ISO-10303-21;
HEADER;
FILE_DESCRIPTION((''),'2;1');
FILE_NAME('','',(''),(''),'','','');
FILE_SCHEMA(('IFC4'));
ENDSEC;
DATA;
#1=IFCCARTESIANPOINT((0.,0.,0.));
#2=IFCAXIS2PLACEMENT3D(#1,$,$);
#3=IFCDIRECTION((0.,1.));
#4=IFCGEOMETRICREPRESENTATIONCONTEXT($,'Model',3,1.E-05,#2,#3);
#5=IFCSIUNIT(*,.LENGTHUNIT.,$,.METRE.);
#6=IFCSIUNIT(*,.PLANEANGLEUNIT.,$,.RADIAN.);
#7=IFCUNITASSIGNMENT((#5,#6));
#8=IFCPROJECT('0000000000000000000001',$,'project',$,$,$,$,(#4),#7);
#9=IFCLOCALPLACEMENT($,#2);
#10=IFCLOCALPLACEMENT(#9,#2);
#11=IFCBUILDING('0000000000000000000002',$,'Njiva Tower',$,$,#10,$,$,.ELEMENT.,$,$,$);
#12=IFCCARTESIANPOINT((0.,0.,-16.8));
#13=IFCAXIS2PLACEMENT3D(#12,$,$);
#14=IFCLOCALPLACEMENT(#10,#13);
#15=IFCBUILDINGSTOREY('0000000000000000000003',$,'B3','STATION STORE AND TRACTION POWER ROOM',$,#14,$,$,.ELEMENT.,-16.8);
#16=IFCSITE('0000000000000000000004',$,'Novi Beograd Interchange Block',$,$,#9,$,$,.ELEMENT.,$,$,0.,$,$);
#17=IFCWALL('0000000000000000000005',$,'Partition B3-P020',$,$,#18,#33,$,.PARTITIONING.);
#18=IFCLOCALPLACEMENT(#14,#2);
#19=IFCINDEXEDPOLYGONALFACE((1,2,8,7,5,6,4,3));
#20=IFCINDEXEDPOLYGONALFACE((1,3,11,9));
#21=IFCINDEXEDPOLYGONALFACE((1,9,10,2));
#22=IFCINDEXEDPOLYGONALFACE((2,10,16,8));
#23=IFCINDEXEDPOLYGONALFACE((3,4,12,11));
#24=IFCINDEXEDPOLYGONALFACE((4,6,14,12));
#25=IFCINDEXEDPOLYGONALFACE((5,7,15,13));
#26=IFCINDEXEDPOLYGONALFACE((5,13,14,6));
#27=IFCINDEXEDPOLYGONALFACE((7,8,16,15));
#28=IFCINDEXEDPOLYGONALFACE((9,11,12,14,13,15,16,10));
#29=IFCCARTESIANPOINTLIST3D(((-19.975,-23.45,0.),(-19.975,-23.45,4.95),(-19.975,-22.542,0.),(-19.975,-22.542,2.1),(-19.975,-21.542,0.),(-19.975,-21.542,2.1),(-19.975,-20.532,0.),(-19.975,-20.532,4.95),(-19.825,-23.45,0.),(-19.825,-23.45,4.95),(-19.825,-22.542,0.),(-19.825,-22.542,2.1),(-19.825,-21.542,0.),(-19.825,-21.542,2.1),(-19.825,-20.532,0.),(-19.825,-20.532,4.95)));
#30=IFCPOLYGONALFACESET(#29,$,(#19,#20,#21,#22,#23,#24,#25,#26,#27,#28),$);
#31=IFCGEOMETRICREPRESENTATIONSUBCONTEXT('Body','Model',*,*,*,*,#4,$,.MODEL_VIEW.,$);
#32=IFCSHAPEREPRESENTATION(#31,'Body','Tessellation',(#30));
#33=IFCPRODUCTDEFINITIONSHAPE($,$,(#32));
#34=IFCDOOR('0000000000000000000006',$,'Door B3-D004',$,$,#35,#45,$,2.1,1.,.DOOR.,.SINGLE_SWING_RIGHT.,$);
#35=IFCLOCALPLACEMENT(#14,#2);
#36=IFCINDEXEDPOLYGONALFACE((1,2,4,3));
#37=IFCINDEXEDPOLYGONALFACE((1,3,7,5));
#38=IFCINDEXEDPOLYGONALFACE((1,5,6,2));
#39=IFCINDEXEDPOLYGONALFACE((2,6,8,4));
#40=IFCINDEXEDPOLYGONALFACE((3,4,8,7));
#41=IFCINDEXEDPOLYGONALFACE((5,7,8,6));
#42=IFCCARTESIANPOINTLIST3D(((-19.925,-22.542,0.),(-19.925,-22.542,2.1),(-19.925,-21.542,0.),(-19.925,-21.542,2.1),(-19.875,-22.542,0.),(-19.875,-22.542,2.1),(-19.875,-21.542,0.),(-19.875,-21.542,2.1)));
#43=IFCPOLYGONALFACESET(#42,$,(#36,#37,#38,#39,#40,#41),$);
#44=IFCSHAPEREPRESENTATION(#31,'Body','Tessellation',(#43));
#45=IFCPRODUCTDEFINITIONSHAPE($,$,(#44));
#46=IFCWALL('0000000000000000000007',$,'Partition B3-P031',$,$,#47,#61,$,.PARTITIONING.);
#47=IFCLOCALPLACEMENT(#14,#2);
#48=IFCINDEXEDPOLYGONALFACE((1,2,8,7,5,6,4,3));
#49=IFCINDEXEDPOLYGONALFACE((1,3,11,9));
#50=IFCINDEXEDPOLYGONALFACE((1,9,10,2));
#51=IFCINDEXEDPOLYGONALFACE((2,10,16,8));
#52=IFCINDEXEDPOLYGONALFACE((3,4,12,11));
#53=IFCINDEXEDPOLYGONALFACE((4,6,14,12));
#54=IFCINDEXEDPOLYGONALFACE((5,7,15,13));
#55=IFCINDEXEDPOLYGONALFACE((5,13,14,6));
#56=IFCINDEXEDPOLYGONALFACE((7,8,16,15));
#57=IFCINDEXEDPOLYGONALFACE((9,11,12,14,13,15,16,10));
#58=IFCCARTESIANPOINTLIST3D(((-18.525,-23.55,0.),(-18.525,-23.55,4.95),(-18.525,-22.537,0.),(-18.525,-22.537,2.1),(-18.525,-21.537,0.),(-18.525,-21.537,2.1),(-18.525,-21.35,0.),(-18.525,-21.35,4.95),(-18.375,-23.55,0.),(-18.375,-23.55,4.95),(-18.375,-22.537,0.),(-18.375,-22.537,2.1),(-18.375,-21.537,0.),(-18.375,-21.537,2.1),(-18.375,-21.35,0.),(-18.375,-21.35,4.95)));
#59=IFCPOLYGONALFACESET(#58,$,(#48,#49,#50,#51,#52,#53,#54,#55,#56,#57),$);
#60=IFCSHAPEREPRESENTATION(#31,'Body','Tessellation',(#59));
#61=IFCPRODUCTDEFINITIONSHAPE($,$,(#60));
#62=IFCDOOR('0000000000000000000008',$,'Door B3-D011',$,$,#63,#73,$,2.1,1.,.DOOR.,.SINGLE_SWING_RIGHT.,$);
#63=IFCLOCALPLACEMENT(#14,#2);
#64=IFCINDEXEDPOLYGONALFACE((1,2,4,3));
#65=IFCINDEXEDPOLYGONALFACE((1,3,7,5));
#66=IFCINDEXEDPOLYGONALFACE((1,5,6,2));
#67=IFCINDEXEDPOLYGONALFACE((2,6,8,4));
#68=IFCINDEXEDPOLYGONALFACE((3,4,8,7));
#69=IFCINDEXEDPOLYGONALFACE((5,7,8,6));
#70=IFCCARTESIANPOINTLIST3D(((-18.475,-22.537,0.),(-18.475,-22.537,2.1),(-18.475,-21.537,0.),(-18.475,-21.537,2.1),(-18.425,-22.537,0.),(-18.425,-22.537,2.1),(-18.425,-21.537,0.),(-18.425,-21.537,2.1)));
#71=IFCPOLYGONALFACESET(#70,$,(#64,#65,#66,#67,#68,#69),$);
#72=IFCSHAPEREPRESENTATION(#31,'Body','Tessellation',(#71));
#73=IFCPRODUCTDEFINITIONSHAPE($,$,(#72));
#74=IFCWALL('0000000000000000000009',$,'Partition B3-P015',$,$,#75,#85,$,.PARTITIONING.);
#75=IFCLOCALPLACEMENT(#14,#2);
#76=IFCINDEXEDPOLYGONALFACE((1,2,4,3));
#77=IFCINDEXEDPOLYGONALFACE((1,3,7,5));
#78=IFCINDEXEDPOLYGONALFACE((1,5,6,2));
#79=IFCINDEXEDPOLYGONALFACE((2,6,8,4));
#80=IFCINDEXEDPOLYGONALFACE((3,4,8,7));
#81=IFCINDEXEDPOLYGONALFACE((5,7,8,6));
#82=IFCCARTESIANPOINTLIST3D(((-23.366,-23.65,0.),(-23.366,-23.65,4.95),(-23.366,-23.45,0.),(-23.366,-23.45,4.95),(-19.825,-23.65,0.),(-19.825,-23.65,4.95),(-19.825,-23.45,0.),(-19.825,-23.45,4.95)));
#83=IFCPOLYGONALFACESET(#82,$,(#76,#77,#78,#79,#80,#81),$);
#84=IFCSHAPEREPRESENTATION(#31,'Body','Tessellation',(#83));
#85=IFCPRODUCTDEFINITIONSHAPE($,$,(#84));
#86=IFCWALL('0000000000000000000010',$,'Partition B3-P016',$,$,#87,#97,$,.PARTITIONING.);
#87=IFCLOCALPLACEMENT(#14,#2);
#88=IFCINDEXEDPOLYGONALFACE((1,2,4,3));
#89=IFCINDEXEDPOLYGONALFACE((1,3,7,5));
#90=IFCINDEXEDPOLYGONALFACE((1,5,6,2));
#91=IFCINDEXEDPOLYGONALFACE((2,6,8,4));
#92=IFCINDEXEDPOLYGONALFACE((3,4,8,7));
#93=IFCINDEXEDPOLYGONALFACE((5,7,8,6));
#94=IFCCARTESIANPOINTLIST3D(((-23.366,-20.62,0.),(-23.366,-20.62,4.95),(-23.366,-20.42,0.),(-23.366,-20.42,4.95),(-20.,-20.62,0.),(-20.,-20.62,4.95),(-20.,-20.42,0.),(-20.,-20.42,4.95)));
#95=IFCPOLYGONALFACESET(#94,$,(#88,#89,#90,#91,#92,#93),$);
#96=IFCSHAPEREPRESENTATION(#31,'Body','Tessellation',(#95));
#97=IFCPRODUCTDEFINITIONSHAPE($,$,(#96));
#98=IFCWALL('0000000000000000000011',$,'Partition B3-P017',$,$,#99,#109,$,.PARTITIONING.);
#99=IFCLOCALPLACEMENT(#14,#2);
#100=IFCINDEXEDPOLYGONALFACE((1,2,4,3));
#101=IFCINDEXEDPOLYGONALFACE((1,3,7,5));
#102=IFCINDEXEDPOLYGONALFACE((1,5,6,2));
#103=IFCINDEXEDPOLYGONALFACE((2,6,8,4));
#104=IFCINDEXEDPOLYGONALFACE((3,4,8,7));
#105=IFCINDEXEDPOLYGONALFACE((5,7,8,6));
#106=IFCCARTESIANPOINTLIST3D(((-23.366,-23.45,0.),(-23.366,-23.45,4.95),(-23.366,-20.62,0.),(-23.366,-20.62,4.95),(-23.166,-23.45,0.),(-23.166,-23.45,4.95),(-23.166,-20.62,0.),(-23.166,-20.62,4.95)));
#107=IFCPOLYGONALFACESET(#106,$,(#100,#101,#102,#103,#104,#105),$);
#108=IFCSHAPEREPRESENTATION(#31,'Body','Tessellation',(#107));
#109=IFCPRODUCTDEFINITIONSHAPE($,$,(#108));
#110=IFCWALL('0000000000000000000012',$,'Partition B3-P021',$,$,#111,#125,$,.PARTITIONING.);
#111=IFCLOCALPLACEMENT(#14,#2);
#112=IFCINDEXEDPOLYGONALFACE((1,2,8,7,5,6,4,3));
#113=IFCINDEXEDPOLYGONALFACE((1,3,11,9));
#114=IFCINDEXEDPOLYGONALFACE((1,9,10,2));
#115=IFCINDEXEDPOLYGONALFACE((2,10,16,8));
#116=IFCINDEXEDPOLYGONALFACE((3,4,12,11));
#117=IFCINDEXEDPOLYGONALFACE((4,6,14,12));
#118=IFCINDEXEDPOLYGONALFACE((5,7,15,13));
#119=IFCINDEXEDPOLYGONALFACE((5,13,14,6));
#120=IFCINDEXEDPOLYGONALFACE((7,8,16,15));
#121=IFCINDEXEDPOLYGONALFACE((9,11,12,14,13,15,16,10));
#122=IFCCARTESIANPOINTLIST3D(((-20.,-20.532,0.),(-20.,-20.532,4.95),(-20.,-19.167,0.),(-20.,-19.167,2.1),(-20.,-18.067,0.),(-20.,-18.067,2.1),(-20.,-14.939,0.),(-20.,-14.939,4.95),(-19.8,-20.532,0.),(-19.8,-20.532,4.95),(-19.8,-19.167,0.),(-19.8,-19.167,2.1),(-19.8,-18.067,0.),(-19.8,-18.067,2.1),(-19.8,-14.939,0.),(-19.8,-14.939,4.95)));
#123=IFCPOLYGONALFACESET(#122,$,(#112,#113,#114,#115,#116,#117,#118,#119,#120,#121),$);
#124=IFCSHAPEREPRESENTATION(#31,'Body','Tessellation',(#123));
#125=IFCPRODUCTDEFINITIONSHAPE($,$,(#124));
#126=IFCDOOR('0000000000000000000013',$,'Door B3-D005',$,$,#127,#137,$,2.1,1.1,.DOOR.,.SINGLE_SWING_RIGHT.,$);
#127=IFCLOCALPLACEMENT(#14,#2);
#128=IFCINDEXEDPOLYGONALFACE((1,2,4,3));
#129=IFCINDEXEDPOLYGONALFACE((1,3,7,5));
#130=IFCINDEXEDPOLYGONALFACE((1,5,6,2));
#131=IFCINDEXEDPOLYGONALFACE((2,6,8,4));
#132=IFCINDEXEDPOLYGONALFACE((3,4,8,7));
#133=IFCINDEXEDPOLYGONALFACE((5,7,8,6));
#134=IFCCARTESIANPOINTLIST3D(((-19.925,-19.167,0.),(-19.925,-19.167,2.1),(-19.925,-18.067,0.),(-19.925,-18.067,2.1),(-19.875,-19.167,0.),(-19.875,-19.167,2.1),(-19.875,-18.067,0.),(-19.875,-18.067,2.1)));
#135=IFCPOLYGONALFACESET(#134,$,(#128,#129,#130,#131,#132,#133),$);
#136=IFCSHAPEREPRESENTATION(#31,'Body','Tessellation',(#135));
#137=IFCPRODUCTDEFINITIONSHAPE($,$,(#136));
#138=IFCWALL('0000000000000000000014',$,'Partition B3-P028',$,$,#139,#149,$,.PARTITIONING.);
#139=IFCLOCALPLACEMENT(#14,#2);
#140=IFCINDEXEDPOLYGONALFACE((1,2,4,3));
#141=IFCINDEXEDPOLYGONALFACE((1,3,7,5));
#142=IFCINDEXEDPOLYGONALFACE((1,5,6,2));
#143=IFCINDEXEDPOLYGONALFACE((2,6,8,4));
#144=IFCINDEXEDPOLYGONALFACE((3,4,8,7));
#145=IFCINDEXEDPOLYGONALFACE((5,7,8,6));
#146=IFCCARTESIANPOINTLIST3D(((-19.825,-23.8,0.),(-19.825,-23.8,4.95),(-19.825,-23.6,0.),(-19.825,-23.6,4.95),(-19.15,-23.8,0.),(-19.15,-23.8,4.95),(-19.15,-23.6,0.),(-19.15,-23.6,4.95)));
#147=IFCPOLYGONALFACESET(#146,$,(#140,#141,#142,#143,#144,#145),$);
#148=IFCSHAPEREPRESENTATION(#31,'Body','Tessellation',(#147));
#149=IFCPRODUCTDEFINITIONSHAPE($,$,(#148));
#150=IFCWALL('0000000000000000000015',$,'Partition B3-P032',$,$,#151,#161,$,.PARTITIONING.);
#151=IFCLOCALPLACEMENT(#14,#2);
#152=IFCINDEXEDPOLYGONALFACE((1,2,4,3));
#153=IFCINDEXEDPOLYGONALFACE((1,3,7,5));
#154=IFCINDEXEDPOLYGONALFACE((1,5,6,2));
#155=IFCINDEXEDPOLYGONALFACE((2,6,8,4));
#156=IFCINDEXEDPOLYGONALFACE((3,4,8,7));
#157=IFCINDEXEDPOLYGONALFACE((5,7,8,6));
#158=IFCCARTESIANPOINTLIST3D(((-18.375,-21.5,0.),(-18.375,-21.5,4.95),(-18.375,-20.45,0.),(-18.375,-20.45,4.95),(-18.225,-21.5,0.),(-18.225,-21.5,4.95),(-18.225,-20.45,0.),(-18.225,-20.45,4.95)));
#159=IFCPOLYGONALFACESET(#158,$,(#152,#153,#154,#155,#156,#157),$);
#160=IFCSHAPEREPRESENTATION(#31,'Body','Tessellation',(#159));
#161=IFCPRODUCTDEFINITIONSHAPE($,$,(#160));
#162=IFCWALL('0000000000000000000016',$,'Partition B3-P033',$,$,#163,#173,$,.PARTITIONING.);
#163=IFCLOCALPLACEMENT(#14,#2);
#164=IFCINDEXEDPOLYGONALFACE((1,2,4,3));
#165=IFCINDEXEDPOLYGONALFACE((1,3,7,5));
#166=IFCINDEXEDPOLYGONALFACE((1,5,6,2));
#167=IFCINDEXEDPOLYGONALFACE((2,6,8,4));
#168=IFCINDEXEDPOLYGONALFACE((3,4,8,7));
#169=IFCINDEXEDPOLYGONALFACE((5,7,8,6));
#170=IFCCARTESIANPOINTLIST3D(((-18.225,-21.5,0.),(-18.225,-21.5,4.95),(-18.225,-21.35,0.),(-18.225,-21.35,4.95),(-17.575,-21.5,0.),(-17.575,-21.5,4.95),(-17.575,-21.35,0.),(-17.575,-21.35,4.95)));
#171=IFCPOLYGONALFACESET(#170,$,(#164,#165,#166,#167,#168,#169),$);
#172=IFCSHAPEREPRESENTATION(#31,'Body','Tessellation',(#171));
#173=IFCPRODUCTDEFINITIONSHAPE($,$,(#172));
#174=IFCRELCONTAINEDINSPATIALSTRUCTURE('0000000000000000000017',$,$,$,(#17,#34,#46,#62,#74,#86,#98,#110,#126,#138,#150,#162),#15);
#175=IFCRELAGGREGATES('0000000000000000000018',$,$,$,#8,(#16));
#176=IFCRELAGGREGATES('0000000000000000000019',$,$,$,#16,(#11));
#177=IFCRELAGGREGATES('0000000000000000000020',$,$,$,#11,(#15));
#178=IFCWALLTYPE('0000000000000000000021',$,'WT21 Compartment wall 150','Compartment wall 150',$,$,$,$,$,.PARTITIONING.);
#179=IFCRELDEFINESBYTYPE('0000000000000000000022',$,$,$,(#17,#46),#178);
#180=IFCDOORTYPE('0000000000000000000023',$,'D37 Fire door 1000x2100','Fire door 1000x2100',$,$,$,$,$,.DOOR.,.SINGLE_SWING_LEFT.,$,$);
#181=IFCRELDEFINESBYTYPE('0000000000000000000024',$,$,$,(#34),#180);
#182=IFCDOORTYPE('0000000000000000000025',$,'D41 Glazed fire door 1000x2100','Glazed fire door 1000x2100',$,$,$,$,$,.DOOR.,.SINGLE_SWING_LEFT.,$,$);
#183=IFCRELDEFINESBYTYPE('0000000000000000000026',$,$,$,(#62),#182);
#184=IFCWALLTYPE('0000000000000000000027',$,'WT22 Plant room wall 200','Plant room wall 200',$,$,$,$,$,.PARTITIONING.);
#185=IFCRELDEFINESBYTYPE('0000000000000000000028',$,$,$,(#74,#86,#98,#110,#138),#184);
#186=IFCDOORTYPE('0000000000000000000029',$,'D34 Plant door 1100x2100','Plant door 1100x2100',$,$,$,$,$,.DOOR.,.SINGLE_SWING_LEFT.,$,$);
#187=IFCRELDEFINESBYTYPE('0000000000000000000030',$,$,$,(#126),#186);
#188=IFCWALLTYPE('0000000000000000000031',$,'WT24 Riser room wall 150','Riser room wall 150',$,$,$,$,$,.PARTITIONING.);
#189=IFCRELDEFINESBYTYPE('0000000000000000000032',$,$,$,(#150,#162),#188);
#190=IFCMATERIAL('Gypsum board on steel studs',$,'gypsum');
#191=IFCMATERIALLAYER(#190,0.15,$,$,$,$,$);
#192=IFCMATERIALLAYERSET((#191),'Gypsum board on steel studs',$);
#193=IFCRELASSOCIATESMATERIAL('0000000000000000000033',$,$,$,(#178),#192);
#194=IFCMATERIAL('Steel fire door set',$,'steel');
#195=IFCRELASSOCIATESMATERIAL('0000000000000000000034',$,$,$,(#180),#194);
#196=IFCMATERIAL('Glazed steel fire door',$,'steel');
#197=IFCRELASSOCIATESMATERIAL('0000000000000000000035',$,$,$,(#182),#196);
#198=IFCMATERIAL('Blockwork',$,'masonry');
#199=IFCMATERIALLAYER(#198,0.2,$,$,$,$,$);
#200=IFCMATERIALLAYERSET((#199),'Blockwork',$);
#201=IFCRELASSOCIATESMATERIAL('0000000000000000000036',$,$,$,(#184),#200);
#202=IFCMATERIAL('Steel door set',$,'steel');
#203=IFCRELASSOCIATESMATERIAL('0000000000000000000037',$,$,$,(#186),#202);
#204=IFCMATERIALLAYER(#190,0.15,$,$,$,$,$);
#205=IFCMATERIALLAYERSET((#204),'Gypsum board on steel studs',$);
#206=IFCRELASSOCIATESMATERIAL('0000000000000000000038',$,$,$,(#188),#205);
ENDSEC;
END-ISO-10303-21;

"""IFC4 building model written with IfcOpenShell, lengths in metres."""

from ifc_helpers import new_model, si_unit, direction, frame, frame_2d, origin, place, context, subcontext, project, spatial, rectangle, extrude, material, layer, layer_set, type_object, element, fill, save


model = new_model("IFC4")

# Units and contexts
model_context = context("Model", 3, precision=1e-05, world=origin(), true_north=direction((0.0, 1.0)))
body_context = subcontext(model_context, "Body", "Model", "MODEL_VIEW")
ifc_project = project(units=[si_unit("LENGTHUNIT", "METRE"), si_unit("PLANEANGLEUNIT", "RADIAN")], contexts=[model_context])

# Site, building, storey
site_placement = place(None, origin())
site = spatial("IfcSite", under=ifc_project, at=site_placement, Name="Novi Beograd Interchange Block", CompositionType="ELEMENT", RefElevation=0.0)
building_placement = place(site_placement, origin())
building = spatial("IfcBuilding", under=site, at=building_placement, Name="Njiva Tower", CompositionType="ELEMENT")
storey_placement = place(building_placement, frame((0.0, 0.0, -16.8)))
storey = spatial("IfcBuildingStorey", under=building, at=storey_placement, Name="B3", Description="STATION STORE AND TRACTION POWER ROOM", CompositionType="ELEMENT", Elevation=-16.8)

# Walls, openings, doors
ifc_material_1 = material(Name="Gypsum board on steel studs", Category="gypsum")
ifc_layer_1 = layer(ifc_material_1, 0.15)
ifc_layer_set_1 = layer_set([ifc_layer_1], Name="Gypsum board on steel studs")
wall_type_1 = type_object("IfcWallType", Name="WT21 Compartment wall 150", Description="Compartment wall 150", PredefinedType="PARTITIONING", material=ifc_layer_set_1)
wall_1_placement = place(storey_placement, frame((-19.9, -23.45, 0.0), z_axis=(0.0, 0.0, 1.0), x_axis=(0.0, 1.0, 0.0)))
wall_1 = element("IfcWall", 1, at=wall_1_placement, inside=storey, type_object=wall_type_1, Name="Partition B3-P020", PredefinedType="PARTITIONING", context=body_context, shape_type="SweptSolid", body=[
    extrude(rectangle(XDim=2.918, YDim=0.15, at=frame_2d((1.459, 0.0))), origin(), (0.0, 0.0, 1.0), 4.95),
])
opening_1_placement = place(wall_1_placement, frame((0.908, 0.0, 0.0)))
opening_1 = element("IfcOpeningElement", 2, at=opening_1_placement, cuts=wall_1, PredefinedType="OPENING", context=body_context, shape_type="SweptSolid", body=[
    extrude(rectangle(XDim=1.0, YDim=2.1, at=frame_2d((0.5, 1.05))), frame((0.0, 0.085, 0.0), z_axis=(0.0, -1.0, 0.0), x_axis=(1.0, 0.0, 0.0)), (0.0, 0.0, 1.0), 0.17),
])
ifc_material_2 = material(Name="Steel fire door set", Category="steel")
door_type_1 = type_object("IfcDoorType", Name="D37 Fire door 1000x2100", Description="Fire door 1000x2100", OperationType="SINGLE_SWING_LEFT", PredefinedType="DOOR", material=ifc_material_2)
door_1_placement = place(opening_1_placement, origin())
door_1 = element("IfcDoor", 3, at=door_1_placement, inside=storey, type_object=door_type_1, Name="Door B3-D004", OperationType="SINGLE_SWING_RIGHT", OverallHeight=2.1, OverallWidth=1.0, PredefinedType="DOOR", context=body_context, shape_type="SweptSolid", body=[
    extrude(rectangle(XDim=1.0, YDim=2.1, at=frame_2d((0.5, 1.05))), frame((0.0, 0.025, 0.0), z_axis=(0.0, -1.0, 0.0), x_axis=(1.0, 0.0, 0.0)), (0.0, 0.0, 1.0), 0.05),
])
fill(opening_1, door_1)
wall_2_placement = place(storey_placement, frame((-18.45, -23.55, 0.0), z_axis=(0.0, 0.0, 1.0), x_axis=(0.0, 1.0, 0.0)))
wall_2 = element("IfcWall", 4, at=wall_2_placement, inside=storey, type_object=wall_type_1, Name="Partition B3-P031", PredefinedType="PARTITIONING", context=body_context, shape_type="SweptSolid", body=[
    extrude(rectangle(XDim=2.2, YDim=0.15, at=frame_2d((1.1, 0.0))), origin(), (0.0, 0.0, 1.0), 4.95),
])
opening_2_placement = place(wall_2_placement, frame((1.013, 0.0, 0.0)))
opening_2 = element("IfcOpeningElement", 5, at=opening_2_placement, cuts=wall_2, PredefinedType="OPENING", context=body_context, shape_type="SweptSolid", body=[
    extrude(rectangle(XDim=1.0, YDim=2.1, at=frame_2d((0.5, 1.05))), frame((0.0, 0.085, 0.0), z_axis=(0.0, -1.0, 0.0), x_axis=(1.0, 0.0, 0.0)), (0.0, 0.0, 1.0), 0.17),
])
ifc_material_3 = material(Name="Glazed steel fire door", Category="steel")
door_type_2 = type_object("IfcDoorType", Name="D41 Glazed fire door 1000x2100", Description="Glazed fire door 1000x2100", OperationType="SINGLE_SWING_LEFT", PredefinedType="DOOR", material=ifc_material_3)
door_2_placement = place(opening_2_placement, origin())
door_2 = element("IfcDoor", 6, at=door_2_placement, inside=storey, type_object=door_type_2, Name="Door B3-D011", OperationType="SINGLE_SWING_RIGHT", OverallHeight=2.1, OverallWidth=1.0, PredefinedType="DOOR", context=body_context, shape_type="SweptSolid", body=[
    extrude(rectangle(XDim=1.0, YDim=2.1, at=frame_2d((0.5, 1.05))), frame((0.0, 0.025, 0.0), z_axis=(0.0, -1.0, 0.0), x_axis=(1.0, 0.0, 0.0)), (0.0, 0.0, 1.0), 0.05),
])
fill(opening_2, door_2)

# Walls
ifc_material_4 = material(Name="Blockwork", Category="masonry")
ifc_layer_2 = layer(ifc_material_4, 0.2)
ifc_layer_set_2 = layer_set([ifc_layer_2], Name="Blockwork")
wall_type_2 = type_object("IfcWallType", Name="WT22 Plant room wall 200", Description="Plant room wall 200", PredefinedType="PARTITIONING", material=ifc_layer_set_2)
wall_3_placement = place(storey_placement, frame((-23.366, -23.55, 0.0), z_axis=(0.0, 0.0, 1.0), x_axis=(1.0, 0.0, 0.0)))
element("IfcWall", 7, at=wall_3_placement, inside=storey, type_object=wall_type_2, Name="Partition B3-P015", PredefinedType="PARTITIONING", context=body_context, shape_type="SweptSolid", body=[
    extrude(rectangle(XDim=3.541, YDim=0.2, at=frame_2d((1.7705, 0.0))), origin(), (0.0, 0.0, 1.0), 4.95),
])
wall_4_placement = place(storey_placement, frame((-23.366, -20.52, 0.0), z_axis=(0.0, 0.0, 1.0), x_axis=(1.0, 0.0, 0.0)))
element("IfcWall", 8, at=wall_4_placement, inside=storey, type_object=wall_type_2, Name="Partition B3-P016", PredefinedType="PARTITIONING", context=body_context, shape_type="SweptSolid", body=[
    extrude(rectangle(XDim=3.366, YDim=0.2, at=frame_2d((1.683, 0.0))), origin(), (0.0, 0.0, 1.0), 4.95),
])
wall_5_placement = place(storey_placement, frame((-23.266, -23.45, 0.0), z_axis=(0.0, 0.0, 1.0), x_axis=(0.0, 1.0, 0.0)))
element("IfcWall", 9, at=wall_5_placement, inside=storey, type_object=wall_type_2, Name="Partition B3-P017", PredefinedType="PARTITIONING", context=body_context, shape_type="SweptSolid", body=[
    extrude(rectangle(XDim=2.83, YDim=0.2, at=frame_2d((1.415, 0.0))), origin(), (0.0, 0.0, 1.0), 4.95),
])

# Wall, opening, door
wall_6_placement = place(storey_placement, frame((-19.9, -20.532, 0.0), z_axis=(0.0, 0.0, 1.0), x_axis=(0.0, 1.0, 0.0)))
wall_6 = element("IfcWall", 10, at=wall_6_placement, inside=storey, type_object=wall_type_2, Name="Partition B3-P021", PredefinedType="PARTITIONING", context=body_context, shape_type="SweptSolid", body=[
    extrude(rectangle(XDim=5.593, YDim=0.2, at=frame_2d((2.7965, 0.0))), origin(), (0.0, 0.0, 1.0), 4.95),
])
opening_3_placement = place(wall_6_placement, frame((1.365, 0.0, 0.0)))
opening_3 = element("IfcOpeningElement", 11, at=opening_3_placement, cuts=wall_6, PredefinedType="OPENING", context=body_context, shape_type="SweptSolid", body=[
    extrude(rectangle(XDim=1.1, YDim=2.1, at=frame_2d((0.55, 1.05))), frame((0.0, 0.11, 0.0), z_axis=(0.0, -1.0, 0.0), x_axis=(1.0, 0.0, 0.0)), (0.0, 0.0, 1.0), 0.22),
])
ifc_material_5 = material(Name="Steel door set", Category="steel")
door_type_3 = type_object("IfcDoorType", Name="D34 Plant door 1100x2100", Description="Plant door 1100x2100", OperationType="SINGLE_SWING_LEFT", PredefinedType="DOOR", material=ifc_material_5)
door_3_placement = place(opening_3_placement, origin())
door_3 = element("IfcDoor", 12, at=door_3_placement, inside=storey, type_object=door_type_3, Name="Door B3-D005", OperationType="SINGLE_SWING_RIGHT", OverallHeight=2.1, OverallWidth=1.1, PredefinedType="DOOR", context=body_context, shape_type="SweptSolid", body=[
    extrude(rectangle(XDim=1.1, YDim=2.1, at=frame_2d((0.55, 1.05))), frame((0.0, 0.025, 0.0), z_axis=(0.0, -1.0, 0.0), x_axis=(1.0, 0.0, 0.0)), (0.0, 0.0, 1.0), 0.05),
])
fill(opening_3, door_3)

# Walls
wall_7_placement = place(storey_placement, frame((-19.825, -23.7, 0.0), z_axis=(0.0, 0.0, 1.0), x_axis=(1.0, 0.0, 0.0)))
element("IfcWall", 13, at=wall_7_placement, inside=storey, type_object=wall_type_2, Name="Partition B3-P028", PredefinedType="PARTITIONING", context=body_context, shape_type="SweptSolid", body=[
    extrude(rectangle(XDim=0.675, YDim=0.2, at=frame_2d((0.3375, 0.0))), origin(), (0.0, 0.0, 1.0), 4.95),
])
ifc_layer_3 = layer(ifc_material_1, 0.15)
ifc_layer_set_3 = layer_set([ifc_layer_3], Name="Gypsum board on steel studs")
wall_type_3 = type_object("IfcWallType", Name="WT24 Riser room wall 150", Description="Riser room wall 150", PredefinedType="PARTITIONING", material=ifc_layer_set_3)
wall_8_placement = place(storey_placement, frame((-18.3, -21.5, 0.0), z_axis=(0.0, 0.0, 1.0), x_axis=(0.0, 1.0, 0.0)))
element("IfcWall", 14, at=wall_8_placement, inside=storey, type_object=wall_type_3, Name="Partition B3-P032", PredefinedType="PARTITIONING", context=body_context, shape_type="SweptSolid", body=[
    extrude(rectangle(XDim=1.05, YDim=0.15, at=frame_2d((0.525, 0.0))), origin(), (0.0, 0.0, 1.0), 4.95),
])
for number, where, z_axis, x_axis, name in (
    (15, (-18.225, -21.425, 0.0), (0.0, 0.0, 1.0), (1.0, 0.0, 0.0), "Partition B3-P033"),
):
    element("IfcWall", number, at=place(storey_placement, frame(where, z_axis=z_axis, x_axis=x_axis)), inside=storey, type_object=wall_type_3, Name=name, PredefinedType="PARTITIONING", context=body_context, shape_type="SweptSolid", body=[
        extrude(rectangle(XDim=0.65, YDim=0.15, at=frame_2d((0.325, 0.0))), origin(), (0.0, 0.0, 1.0), 4.95),
    ])

save(model, "model.ifc")
